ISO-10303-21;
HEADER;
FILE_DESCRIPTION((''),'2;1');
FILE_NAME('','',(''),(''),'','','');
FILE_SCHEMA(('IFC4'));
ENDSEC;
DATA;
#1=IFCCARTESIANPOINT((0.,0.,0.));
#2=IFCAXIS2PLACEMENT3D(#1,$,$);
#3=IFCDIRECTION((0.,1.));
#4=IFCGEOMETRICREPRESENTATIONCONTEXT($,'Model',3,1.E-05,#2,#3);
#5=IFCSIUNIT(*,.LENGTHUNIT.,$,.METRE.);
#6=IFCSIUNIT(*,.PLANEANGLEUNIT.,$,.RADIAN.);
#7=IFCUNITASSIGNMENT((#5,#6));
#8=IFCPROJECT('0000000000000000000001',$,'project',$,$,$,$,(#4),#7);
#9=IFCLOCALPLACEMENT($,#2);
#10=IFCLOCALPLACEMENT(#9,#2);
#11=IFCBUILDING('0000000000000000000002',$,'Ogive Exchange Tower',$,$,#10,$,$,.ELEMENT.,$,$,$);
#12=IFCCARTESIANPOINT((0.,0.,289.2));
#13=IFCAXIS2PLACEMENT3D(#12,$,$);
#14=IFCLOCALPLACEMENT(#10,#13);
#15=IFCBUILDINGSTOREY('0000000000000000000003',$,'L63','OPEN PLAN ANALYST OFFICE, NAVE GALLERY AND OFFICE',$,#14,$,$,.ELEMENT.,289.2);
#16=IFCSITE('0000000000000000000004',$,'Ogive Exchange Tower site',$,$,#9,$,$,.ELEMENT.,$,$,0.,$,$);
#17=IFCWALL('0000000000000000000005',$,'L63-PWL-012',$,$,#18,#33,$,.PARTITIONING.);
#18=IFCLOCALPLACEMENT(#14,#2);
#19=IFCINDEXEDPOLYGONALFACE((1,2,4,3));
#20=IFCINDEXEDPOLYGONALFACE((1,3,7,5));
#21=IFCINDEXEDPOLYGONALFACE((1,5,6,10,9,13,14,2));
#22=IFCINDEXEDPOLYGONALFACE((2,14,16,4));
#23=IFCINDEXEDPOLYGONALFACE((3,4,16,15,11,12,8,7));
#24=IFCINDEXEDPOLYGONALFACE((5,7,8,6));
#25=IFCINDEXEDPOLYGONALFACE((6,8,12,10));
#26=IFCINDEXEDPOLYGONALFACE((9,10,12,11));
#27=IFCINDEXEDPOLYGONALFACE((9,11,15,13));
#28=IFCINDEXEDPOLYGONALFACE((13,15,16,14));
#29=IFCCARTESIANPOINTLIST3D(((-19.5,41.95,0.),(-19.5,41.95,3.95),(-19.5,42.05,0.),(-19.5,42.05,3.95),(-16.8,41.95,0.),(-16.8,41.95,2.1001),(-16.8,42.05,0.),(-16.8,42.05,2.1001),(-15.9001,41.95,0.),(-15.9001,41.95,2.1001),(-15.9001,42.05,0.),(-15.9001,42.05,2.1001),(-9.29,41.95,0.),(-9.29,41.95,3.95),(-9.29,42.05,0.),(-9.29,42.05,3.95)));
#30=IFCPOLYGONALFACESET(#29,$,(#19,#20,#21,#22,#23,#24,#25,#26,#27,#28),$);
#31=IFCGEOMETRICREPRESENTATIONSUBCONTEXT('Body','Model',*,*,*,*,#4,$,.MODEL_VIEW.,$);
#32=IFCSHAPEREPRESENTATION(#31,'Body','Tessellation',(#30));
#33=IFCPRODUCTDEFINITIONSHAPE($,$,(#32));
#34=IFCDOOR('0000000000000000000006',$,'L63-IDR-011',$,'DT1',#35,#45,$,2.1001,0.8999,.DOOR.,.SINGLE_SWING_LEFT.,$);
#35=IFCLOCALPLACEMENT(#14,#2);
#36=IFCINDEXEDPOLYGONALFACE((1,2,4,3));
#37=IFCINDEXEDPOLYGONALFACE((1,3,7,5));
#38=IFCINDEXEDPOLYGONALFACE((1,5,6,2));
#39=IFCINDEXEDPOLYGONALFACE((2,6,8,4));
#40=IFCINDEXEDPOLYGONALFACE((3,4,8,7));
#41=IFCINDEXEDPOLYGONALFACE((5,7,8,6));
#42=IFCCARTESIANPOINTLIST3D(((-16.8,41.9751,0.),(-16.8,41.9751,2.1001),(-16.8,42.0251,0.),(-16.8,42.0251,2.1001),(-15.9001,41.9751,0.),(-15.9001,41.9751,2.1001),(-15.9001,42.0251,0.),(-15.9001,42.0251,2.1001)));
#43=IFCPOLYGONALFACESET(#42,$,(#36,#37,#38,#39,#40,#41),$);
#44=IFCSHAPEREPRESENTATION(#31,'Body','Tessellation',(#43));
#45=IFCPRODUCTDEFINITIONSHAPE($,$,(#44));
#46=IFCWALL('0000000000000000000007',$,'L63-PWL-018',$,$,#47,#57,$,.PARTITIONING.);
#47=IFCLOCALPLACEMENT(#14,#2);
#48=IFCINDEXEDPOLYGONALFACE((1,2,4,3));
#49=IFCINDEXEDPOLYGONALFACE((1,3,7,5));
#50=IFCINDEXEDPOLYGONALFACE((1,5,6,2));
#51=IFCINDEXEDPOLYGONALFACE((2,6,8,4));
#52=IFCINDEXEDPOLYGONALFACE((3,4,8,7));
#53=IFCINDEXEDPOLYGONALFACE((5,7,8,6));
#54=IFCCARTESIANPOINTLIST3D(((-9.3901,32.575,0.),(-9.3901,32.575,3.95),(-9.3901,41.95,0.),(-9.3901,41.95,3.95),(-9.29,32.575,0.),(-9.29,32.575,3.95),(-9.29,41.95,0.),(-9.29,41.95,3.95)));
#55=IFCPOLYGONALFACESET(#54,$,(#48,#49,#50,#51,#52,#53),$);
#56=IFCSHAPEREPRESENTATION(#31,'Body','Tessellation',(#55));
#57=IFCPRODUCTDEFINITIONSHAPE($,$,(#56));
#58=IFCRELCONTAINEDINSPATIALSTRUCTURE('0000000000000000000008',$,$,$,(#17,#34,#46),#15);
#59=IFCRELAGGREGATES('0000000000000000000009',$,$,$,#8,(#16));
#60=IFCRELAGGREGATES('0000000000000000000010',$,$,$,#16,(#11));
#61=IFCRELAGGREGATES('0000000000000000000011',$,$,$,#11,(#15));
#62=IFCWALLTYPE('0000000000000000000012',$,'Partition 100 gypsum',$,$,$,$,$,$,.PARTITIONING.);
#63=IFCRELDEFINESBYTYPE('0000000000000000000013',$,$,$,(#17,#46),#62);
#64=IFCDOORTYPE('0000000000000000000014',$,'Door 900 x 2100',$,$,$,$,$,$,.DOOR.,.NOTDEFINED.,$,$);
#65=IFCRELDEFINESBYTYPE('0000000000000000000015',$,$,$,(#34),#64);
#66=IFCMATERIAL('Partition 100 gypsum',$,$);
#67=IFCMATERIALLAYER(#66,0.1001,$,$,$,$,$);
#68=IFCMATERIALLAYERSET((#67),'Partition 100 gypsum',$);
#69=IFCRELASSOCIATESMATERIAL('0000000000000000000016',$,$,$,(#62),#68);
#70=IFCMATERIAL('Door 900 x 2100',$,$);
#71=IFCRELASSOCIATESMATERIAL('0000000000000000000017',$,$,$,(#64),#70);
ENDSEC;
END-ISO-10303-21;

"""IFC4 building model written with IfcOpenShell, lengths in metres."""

from ifc_helpers import new_model, si_unit, direction, frame, frame_2d, origin, place, context, subcontext, project, spatial, rectangle, extrude, material, layer, layer_set, type_object, element, fill, save


model = new_model("IFC4")

# Units and contexts
model_context = context("Model", 3, precision=1e-05, world=origin(), true_north=direction((0.0, 1.0)))
body_context = subcontext(model_context, "Body", "Model", "MODEL_VIEW")
ifc_project = project(units=[si_unit("LENGTHUNIT", "METRE"), si_unit("PLANEANGLEUNIT", "RADIAN")], contexts=[model_context])

# Site, building, storey
site_placement = place(None, origin())
site = spatial("IfcSite", under=ifc_project, at=site_placement, Name="Ogive Exchange Tower site", CompositionType="ELEMENT", RefElevation=0.0)
building_placement = place(site_placement, origin())
building = spatial("IfcBuilding", under=site, at=building_placement, Name="Ogive Exchange Tower", CompositionType="ELEMENT")
storey_placement = place(building_placement, frame((0.0, 0.0, 289.2)))
storey = spatial("IfcBuildingStorey", under=building, at=storey_placement, Name="L63", Description="OPEN PLAN ANALYST OFFICE, NAVE GALLERY AND OFFICE", CompositionType="ELEMENT", Elevation=289.2)

# Shared definitions
ifc_material_1 = material(Name="Partition 100 gypsum")
ifc_layer_1 = layer(ifc_material_1, 0.1001)
ifc_layer_set_1 = layer_set([ifc_layer_1], Name="Partition 100 gypsum")
wall_type_1 = type_object("IfcWallType", Name="Partition 100 gypsum", PredefinedType="PARTITIONING", material=ifc_layer_set_1)
ifc_material_2 = material(Name="Door 900 x 2100")
door_type_1 = type_object("IfcDoorType", Name="Door 900 x 2100", OperationType="NOTDEFINED", PredefinedType="DOOR", material=ifc_material_2)

# Wall, opening, door
wall_1_placement = place(storey_placement, frame((-19.5, 42.0, 0.0), z_axis=(0.0, 0.0, 1.0), x_axis=(1.0, 0.0, 0.0)))
wall_1 = element("IfcWall", 1, at=wall_1_placement, inside=storey, type_object=wall_type_1, Name="L63-PWL-012", PredefinedType="PARTITIONING", context=body_context, shape_type="SweptSolid", body=[
    extrude(rectangle(XDim=10.21, YDim=0.1001, at=frame_2d((5.105, 0.0))), origin(), (0.0, 0.0, 1.0), 3.95),
])
opening_1_placement = place(wall_1_placement, frame((2.7, 0.0, 0.0)))
opening_1 = element("IfcOpeningElement", 2, at=opening_1_placement, cuts=wall_1, PredefinedType="OPENING", context=body_context, shape_type="SweptSolid", body=[
    extrude(rectangle(XDim=0.8999, YDim=2.1001, at=frame_2d((0.45, 1.05))), frame((0.0, 0.0601, 0.0), z_axis=(0.0, -1.0, 0.0), x_axis=(1.0, 0.0, 0.0)), (0.0, 0.0, 1.0), 0.1201),
])
door_1_placement = place(opening_1_placement, frame((0.8999, 0.0, 0.0), z_axis=(0.0, 0.0, 1.0), x_axis=(-1.0, 0.0, 0.0)))
door_1 = element("IfcDoor", 3, at=door_1_placement, inside=storey, type_object=door_type_1, Name="L63-IDR-011", ObjectType="DT1", OperationType="SINGLE_SWING_LEFT", OverallHeight=2.1001, OverallWidth=0.8999, PredefinedType="DOOR", context=body_context, shape_type="SweptSolid", body=[
    extrude(rectangle(XDim=0.8999, YDim=2.1001, at=frame_2d((0.45, 1.05))), frame((0.0, 0.0249, 0.0), z_axis=(0.0, -1.0, 0.0), x_axis=(1.0, 0.0, 0.0)), (0.0, 0.0, 1.0), 0.05),
])
fill(opening_1, door_1)

# Wall
wall_2_placement = place(storey_placement, frame((-9.3401, 41.95, 0.0), z_axis=(0.0, 0.0, 1.0), x_axis=(0.0, -1.0, 0.0)))
element("IfcWall", 4, at=wall_2_placement, inside=storey, type_object=wall_type_1, Name="L63-PWL-018", PredefinedType="PARTITIONING", context=body_context, shape_type="SweptSolid", body=[
    extrude(rectangle(XDim=9.375, YDim=0.1001, at=frame_2d((4.6875, 0.0))), origin(), (0.0, 0.0, 1.0), 3.95),
])

save(model, "model.ifc")
